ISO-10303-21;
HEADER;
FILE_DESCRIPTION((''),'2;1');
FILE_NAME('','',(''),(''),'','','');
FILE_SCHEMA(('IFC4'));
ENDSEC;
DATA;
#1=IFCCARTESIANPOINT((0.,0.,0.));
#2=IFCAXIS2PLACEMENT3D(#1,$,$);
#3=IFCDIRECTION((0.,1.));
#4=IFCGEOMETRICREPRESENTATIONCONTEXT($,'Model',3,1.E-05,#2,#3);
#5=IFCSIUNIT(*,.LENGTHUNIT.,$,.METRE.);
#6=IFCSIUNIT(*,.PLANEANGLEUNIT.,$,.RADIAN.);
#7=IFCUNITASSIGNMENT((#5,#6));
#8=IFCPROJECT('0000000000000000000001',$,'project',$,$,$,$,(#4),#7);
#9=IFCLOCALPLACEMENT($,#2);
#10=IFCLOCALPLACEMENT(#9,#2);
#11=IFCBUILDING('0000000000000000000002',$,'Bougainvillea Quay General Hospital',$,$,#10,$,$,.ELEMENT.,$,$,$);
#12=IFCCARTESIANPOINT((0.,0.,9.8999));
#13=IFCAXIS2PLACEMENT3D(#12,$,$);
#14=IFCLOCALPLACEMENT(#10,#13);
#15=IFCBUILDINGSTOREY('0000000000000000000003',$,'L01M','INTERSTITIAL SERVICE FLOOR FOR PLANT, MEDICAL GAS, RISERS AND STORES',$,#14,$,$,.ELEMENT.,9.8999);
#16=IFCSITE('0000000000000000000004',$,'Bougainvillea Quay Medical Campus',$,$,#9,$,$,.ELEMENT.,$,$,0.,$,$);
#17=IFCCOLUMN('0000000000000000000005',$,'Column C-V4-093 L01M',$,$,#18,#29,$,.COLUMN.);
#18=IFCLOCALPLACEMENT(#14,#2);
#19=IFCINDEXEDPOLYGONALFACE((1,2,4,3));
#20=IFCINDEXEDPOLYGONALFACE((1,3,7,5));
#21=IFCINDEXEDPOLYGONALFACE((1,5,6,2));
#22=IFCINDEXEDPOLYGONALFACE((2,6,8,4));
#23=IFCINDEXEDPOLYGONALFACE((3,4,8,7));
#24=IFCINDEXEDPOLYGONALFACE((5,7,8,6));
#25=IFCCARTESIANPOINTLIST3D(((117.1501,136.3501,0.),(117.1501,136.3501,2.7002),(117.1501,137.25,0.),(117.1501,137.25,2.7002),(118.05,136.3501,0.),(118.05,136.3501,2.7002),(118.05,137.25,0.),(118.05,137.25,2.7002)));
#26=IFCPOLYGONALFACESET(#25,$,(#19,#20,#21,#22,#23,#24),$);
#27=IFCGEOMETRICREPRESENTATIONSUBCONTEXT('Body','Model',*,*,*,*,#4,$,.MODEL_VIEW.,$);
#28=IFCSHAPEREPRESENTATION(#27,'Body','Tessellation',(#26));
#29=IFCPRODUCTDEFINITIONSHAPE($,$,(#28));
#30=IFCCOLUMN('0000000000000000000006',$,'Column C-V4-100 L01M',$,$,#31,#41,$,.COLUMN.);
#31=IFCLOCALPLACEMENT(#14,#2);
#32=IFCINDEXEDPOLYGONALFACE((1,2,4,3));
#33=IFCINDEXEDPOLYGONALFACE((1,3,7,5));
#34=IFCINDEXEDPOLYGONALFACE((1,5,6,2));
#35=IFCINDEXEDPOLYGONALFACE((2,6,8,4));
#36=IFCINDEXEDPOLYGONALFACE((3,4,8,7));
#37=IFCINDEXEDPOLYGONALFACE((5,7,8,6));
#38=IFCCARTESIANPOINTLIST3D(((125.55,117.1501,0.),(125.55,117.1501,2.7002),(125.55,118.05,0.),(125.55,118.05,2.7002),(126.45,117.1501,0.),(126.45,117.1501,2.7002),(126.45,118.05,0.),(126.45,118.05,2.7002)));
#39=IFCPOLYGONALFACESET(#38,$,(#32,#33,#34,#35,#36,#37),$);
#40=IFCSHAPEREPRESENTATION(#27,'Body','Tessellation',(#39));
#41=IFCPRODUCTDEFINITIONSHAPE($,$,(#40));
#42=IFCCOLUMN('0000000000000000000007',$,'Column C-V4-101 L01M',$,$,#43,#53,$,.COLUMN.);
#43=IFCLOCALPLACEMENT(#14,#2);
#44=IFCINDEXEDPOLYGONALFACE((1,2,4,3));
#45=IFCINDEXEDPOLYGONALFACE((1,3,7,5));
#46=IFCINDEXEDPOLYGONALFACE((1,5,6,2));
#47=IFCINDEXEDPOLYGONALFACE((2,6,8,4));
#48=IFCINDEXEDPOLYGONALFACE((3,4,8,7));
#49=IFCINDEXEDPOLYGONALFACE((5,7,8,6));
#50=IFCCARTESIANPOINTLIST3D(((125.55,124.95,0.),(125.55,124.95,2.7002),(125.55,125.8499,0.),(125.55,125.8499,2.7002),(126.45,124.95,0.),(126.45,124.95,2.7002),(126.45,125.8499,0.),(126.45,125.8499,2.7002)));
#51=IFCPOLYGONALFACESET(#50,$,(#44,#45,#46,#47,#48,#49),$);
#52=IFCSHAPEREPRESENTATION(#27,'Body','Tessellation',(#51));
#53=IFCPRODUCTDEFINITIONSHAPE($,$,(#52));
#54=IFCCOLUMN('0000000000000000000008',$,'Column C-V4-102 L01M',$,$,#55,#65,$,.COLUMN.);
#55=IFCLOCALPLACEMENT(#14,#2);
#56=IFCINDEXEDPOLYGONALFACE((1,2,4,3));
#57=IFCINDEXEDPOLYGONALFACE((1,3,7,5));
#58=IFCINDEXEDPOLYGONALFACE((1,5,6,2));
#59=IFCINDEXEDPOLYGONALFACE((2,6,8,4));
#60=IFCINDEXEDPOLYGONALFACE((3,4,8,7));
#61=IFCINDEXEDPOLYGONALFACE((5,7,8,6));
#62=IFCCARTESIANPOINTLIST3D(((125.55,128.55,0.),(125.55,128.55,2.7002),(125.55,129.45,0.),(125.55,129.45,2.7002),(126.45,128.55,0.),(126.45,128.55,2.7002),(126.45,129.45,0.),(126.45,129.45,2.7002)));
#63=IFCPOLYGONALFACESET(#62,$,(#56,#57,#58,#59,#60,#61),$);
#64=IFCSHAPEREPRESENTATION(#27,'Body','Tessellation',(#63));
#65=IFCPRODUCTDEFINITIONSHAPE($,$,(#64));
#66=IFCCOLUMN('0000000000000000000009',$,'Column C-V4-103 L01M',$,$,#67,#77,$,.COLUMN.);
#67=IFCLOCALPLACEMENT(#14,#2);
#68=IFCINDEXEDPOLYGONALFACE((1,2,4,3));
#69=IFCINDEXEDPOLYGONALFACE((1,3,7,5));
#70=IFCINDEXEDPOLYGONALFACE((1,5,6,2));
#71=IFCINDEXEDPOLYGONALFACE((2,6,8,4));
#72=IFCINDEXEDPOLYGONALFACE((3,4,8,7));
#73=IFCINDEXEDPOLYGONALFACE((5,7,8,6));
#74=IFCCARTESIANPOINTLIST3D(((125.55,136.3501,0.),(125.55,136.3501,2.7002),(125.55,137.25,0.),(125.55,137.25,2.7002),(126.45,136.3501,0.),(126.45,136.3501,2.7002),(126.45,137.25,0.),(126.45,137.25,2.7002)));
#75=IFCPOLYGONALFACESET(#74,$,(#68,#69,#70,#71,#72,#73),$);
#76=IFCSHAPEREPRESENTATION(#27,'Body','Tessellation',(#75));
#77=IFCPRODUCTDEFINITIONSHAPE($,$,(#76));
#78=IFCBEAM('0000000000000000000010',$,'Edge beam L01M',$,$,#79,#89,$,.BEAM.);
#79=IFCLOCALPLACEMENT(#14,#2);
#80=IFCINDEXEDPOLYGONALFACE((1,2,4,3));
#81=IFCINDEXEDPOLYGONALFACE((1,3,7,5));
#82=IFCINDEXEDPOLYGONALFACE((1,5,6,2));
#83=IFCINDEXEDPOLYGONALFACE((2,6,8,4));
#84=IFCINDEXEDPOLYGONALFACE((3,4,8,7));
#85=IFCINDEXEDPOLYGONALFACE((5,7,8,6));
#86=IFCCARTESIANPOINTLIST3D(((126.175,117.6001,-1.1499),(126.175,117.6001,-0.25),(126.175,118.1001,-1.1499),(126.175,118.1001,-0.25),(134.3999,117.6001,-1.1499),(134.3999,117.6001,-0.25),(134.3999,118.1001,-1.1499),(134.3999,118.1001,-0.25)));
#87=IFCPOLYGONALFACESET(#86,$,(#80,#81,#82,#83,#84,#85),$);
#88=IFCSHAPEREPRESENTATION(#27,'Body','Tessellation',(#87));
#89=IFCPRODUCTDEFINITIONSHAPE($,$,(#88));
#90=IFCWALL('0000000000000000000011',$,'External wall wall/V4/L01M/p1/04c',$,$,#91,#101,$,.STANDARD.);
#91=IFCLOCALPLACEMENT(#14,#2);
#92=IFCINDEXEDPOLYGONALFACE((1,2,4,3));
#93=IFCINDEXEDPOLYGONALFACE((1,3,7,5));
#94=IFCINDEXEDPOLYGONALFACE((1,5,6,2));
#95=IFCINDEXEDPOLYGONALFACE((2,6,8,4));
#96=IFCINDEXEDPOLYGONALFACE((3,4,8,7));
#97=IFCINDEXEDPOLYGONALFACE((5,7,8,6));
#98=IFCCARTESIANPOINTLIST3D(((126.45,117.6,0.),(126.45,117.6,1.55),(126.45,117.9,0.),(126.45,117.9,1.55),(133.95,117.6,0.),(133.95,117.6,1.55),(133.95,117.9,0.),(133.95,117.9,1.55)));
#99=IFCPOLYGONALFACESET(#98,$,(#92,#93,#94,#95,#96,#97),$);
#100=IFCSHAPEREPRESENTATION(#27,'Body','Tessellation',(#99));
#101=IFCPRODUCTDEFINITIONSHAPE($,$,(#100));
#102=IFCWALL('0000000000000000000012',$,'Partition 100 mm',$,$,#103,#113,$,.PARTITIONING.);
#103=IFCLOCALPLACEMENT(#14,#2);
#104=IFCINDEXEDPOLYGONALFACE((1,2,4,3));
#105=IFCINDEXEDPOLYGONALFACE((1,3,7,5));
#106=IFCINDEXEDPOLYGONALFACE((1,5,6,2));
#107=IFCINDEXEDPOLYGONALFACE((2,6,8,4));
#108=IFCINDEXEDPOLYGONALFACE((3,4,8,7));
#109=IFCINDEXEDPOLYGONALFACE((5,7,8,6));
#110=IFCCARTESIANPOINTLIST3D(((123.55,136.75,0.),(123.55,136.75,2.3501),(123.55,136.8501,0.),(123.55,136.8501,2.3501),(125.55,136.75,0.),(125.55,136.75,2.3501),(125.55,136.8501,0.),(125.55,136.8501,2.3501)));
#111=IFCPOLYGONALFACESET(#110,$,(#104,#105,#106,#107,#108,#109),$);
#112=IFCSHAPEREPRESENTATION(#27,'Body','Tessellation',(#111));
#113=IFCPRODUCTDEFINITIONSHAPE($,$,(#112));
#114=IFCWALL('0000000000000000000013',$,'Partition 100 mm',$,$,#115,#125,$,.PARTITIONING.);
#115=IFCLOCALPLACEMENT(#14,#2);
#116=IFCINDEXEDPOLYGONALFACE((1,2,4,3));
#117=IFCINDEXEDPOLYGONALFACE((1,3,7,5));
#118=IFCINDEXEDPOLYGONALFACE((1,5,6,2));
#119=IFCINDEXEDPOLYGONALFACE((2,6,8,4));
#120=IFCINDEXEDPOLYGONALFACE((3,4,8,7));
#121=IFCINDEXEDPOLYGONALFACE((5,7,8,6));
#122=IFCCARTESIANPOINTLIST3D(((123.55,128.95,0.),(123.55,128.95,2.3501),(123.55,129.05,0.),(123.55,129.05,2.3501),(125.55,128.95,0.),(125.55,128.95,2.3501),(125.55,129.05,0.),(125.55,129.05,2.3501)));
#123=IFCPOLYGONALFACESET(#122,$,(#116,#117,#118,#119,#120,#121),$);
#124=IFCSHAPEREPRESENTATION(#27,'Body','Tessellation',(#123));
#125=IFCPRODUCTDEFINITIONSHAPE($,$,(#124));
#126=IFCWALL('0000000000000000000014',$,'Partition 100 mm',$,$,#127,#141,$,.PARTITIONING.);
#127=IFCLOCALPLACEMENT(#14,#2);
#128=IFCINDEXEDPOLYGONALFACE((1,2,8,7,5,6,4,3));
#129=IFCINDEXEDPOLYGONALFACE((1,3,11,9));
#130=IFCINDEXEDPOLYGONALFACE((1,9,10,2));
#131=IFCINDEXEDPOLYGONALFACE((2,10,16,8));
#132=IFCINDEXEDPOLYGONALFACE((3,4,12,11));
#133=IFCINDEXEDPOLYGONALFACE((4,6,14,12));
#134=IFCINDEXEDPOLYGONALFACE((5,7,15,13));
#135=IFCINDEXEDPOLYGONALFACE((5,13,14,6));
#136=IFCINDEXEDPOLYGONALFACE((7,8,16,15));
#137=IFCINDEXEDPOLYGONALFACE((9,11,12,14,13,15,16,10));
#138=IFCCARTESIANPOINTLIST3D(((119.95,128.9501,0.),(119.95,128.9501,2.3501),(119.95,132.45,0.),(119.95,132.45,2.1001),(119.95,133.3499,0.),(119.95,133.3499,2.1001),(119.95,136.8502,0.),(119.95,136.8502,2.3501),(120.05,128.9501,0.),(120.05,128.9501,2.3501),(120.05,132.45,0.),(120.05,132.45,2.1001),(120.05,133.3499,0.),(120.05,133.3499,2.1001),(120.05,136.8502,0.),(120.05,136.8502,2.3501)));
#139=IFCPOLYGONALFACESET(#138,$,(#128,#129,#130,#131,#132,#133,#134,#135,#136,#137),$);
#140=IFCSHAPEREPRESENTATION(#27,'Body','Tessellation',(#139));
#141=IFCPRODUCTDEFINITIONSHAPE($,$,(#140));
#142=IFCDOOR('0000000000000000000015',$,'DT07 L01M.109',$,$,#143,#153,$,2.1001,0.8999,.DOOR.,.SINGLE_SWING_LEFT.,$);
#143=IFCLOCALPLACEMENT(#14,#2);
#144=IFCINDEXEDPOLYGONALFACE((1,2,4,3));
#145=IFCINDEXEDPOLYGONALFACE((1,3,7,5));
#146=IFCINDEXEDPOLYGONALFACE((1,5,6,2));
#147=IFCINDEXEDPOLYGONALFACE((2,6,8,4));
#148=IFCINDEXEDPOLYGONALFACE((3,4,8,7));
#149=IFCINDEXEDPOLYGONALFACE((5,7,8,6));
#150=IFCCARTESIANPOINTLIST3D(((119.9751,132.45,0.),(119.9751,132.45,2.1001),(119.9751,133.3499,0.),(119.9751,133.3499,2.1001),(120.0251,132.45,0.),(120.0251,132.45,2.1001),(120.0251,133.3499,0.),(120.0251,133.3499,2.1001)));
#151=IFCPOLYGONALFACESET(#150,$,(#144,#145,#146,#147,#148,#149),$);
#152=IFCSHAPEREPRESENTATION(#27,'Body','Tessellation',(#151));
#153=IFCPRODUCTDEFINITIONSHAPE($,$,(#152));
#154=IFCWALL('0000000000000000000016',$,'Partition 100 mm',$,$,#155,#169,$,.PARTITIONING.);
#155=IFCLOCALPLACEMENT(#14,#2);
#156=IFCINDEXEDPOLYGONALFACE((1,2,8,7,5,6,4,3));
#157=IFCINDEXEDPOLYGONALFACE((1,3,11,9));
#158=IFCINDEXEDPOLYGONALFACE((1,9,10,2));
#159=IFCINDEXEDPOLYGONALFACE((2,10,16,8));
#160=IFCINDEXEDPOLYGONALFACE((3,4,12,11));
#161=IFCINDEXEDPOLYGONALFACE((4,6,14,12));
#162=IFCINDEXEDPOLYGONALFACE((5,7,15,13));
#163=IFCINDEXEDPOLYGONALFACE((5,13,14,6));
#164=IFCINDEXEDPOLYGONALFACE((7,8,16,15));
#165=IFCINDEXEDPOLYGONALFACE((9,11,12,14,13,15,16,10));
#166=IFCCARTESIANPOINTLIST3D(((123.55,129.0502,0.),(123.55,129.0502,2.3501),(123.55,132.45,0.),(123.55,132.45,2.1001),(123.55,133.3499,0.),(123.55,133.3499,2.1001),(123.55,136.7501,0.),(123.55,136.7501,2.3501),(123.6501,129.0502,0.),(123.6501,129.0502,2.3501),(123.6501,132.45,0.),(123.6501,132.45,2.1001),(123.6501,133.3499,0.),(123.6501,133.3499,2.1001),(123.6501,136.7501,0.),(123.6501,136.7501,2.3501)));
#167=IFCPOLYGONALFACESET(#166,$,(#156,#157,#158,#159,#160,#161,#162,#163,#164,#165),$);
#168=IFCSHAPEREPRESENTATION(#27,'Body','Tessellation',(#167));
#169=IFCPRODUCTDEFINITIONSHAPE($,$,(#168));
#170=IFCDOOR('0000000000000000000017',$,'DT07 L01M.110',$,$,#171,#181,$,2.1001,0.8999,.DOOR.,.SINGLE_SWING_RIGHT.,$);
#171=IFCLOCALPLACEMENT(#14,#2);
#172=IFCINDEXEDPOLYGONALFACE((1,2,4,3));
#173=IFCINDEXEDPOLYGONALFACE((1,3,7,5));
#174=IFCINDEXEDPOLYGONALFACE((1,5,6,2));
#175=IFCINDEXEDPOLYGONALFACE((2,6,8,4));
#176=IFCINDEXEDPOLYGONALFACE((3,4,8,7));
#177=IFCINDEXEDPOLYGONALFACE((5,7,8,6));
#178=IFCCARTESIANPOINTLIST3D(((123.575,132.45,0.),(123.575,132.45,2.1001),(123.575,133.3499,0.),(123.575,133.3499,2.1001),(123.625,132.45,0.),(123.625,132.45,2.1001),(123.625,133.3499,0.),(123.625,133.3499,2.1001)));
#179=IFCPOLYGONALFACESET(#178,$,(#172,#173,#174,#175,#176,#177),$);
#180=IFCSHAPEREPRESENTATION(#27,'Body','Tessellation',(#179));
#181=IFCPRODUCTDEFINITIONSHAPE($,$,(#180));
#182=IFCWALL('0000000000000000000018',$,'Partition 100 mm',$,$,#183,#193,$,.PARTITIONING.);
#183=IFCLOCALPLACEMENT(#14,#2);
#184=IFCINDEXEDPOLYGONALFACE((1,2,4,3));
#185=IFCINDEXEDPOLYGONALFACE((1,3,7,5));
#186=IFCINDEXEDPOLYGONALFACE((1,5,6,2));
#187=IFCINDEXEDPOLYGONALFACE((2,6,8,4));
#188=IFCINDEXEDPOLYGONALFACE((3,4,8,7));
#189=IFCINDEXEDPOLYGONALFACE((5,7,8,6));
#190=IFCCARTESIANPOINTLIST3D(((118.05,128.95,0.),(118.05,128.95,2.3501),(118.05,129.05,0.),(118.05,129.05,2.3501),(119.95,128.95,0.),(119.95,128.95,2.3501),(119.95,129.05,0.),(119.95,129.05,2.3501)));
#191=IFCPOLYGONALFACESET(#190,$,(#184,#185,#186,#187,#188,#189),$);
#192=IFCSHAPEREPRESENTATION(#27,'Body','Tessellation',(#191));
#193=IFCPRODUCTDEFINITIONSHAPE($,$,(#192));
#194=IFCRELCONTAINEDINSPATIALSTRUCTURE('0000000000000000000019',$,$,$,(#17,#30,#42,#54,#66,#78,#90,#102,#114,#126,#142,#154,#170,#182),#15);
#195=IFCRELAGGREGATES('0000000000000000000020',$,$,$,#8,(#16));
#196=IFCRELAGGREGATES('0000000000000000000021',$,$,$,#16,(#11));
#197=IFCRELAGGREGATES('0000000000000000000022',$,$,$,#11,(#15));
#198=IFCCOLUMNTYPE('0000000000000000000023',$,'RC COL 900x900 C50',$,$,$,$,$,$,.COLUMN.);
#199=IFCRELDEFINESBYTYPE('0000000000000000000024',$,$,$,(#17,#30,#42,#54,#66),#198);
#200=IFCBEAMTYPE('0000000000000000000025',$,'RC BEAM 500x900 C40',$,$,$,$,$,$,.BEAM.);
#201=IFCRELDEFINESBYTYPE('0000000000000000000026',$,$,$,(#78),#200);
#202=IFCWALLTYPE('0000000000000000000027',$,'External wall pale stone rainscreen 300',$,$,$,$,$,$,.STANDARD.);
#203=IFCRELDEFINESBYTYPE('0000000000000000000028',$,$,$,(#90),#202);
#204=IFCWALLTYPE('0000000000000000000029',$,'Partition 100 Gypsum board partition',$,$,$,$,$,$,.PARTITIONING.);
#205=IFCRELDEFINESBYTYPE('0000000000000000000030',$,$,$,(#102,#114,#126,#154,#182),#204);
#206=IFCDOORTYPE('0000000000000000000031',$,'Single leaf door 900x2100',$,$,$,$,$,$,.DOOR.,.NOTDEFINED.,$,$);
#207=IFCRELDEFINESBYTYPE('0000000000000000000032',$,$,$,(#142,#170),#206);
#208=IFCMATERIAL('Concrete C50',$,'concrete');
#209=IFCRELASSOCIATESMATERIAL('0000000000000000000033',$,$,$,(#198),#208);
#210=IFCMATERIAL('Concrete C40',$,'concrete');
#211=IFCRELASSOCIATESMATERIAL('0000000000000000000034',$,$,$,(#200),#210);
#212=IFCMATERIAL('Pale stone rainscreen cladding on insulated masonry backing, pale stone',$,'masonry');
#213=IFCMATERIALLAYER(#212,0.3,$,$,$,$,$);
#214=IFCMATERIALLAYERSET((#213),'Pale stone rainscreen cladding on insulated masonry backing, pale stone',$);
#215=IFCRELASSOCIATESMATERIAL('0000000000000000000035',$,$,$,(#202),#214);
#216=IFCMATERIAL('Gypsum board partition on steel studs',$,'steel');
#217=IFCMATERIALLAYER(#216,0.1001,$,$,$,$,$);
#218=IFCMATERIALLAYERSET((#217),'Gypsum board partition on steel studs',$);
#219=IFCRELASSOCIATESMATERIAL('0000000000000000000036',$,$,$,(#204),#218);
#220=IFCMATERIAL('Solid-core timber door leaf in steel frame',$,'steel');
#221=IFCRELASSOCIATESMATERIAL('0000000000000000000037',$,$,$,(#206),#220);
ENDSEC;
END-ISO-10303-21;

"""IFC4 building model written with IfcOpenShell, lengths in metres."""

from ifc_helpers import new_model, si_unit, direction, frame, frame_2d, origin, origin_2d, place, context, subcontext, project, spatial, rectangle, extrude, material, layer, layer_set, material_profile, profile_set, type_object, element, fill, save


model = new_model("IFC4")

# Units and contexts
model_context = context("Model", 3, precision=1e-05, world=origin(), true_north=direction((0.0, 1.0)))
body_context = subcontext(model_context, "Body", "Model", "MODEL_VIEW")
ifc_project = project(units=[si_unit("LENGTHUNIT", "METRE"), si_unit("PLANEANGLEUNIT", "RADIAN")], contexts=[model_context])

# Site, building, storey
site_placement = place(None, origin())
site = spatial("IfcSite", under=ifc_project, at=site_placement, Name="Bougainvillea Quay Medical Campus", CompositionType="ELEMENT", RefElevation=0.0)
building_placement = place(site_placement, origin())
building = spatial("IfcBuilding", under=site, at=building_placement, Name="Bougainvillea Quay General Hospital", CompositionType="ELEMENT")
storey_placement = place(building_placement, frame((0.0, 0.0, 9.8999)))
storey = spatial("IfcBuildingStorey", under=building, at=storey_placement, Name="L01M", Description="INTERSTITIAL SERVICE FLOOR FOR PLANT, MEDICAL GAS, RISERS AND STORES", CompositionType="ELEMENT", Elevation=9.8999)

# Columns
ifc_material_1 = material(Name="Concrete C50", Category="concrete")
ifc_material_profile_1 = material_profile(ifc_material_1, rectangle(XDim=0.8999, YDim=0.8999, at=origin_2d()))
ifc_profile_set_1 = profile_set([ifc_material_profile_1], Name="Concrete C50")
column_type = type_object("IfcColumnType", Name="RC COL 900x900 C50", PredefinedType="COLUMN", material=ifc_profile_set_1)
for number, where, z_axis, x_axis, name in (
    (1, (117.6001, 136.8, 0.0), (0.0, 0.0, 1.0), (1.0, 0.0, 0.0), "Column C-V4-093 L01M"),
    (2, (126.0, 117.6001, 0.0), (0.0, 0.0, 1.0), (1.0, 0.0, 0.0), "Column C-V4-100 L01M"),
    (3, (126.0, 125.3999, 0.0), (0.0, 0.0, 1.0), (1.0, 0.0, 0.0), "Column C-V4-101 L01M"),
    (4, (126.0, 129.0, 0.0), (0.0, 0.0, 1.0), (1.0, 0.0, 0.0), "Column C-V4-102 L01M"),
    (5, (126.0, 136.8, 0.0), (0.0, 0.0, 1.0), (1.0, 0.0, 0.0), "Column C-V4-103 L01M"),
):
    element("IfcColumn", number, at=place(storey_placement, frame(where, z_axis=z_axis, x_axis=x_axis)), inside=storey, type_object=column_type, Name=name, PredefinedType="COLUMN", context=body_context, shape_type="SweptSolid", body=[
        extrude(rectangle(XDim=0.8999, YDim=0.8999, at=origin_2d()), origin(), (0.0, 0.0, 1.0), 2.7002),
    ])

# Beam
ifc_material_2 = material(Name="Concrete C40", Category="concrete")
ifc_material_profile_2 = material_profile(ifc_material_2, rectangle(XDim=0.5, YDim=0.8999, at=origin_2d()))
ifc_profile_set_2 = profile_set([ifc_material_profile_2], Name="Concrete C40")
beam_type = type_object("IfcBeamType", Name="RC BEAM 500x900 C40", PredefinedType="BEAM", material=ifc_profile_set_2)
beam_placement = place(storey_placement, frame((126.175, 117.8501, -0.7), z_axis=(1.0, 0.0, 0.0), x_axis=(0.0, 1.0, 0.0)))
element("IfcBeam", 6, at=beam_placement, inside=storey, type_object=beam_type, Name="Edge beam L01M", PredefinedType="BEAM", context=body_context, shape_type="SweptSolid", body=[
    extrude(rectangle(XDim=0.5, YDim=0.8999, at=origin_2d()), origin(), (0.0, 0.0, 1.0), 8.2249),
])

# Walls
ifc_material_3 = material(Name="Pale stone rainscreen cladding on insulated masonry backing, pale stone", Category="masonry")
ifc_layer_1 = layer(ifc_material_3, 0.3)
ifc_layer_set_1 = layer_set([ifc_layer_1], Name="Pale stone rainscreen cladding on insulated masonry backing, pale stone")
wall_type_1 = type_object("IfcWallType", Name="External wall pale stone rainscreen 300", PredefinedType="STANDARD", material=ifc_layer_set_1)
wall_1_placement = place(storey_placement, frame((126.45, 117.75, 0.0), z_axis=(0.0, 0.0, 1.0), x_axis=(1.0, 0.0, 0.0)))
element("IfcWall", 7, at=wall_1_placement, inside=storey, type_object=wall_type_1, Name="External wall wall/V4/L01M/p1/04c", PredefinedType="STANDARD", context=body_context, shape_type="SweptSolid", body=[
    extrude(rectangle(XDim=7.5, YDim=0.3, at=frame_2d((3.75, 0.0))), origin(), (0.0, 0.0, 1.0), 1.55),
])
ifc_material_4 = material(Name="Gypsum board partition on steel studs", Category="steel")
ifc_layer_2 = layer(ifc_material_4, 0.1001)
ifc_layer_set_2 = layer_set([ifc_layer_2], Name="Gypsum board partition on steel studs")
wall_type_2 = type_object("IfcWallType", Name="Partition 100 Gypsum board partition", PredefinedType="PARTITIONING", material=ifc_layer_set_2)
for number, where, z_axis, x_axis, name in (
    (8, (125.55, 136.8, 0.0), (0.0, 0.0, 1.0), (-1.0, 0.0, 0.0), "Partition 100 mm"),
    (9, (123.55, 129.0, 0.0), (0.0, 0.0, 1.0), (1.0, 0.0, 0.0), "Partition 100 mm"),
):
    element("IfcWall", number, at=place(storey_placement, frame(where, z_axis=z_axis, x_axis=x_axis)), inside=storey, type_object=wall_type_2, Name=name, PredefinedType="PARTITIONING", context=body_context, shape_type="SweptSolid", body=[
        extrude(rectangle(XDim=2.0, YDim=0.1001, at=frame_2d((1.0, 0.0))), origin(), (0.0, 0.0, 1.0), 2.3501),
    ])

# Walls, openings, doors
wall_2_placement = place(storey_placement, frame((120.0, 128.95, 0.0), z_axis=(0.0, 0.0, 1.0), x_axis=(0.0, 1.0, 0.0)))
wall_2 = element("IfcWall", 10, at=wall_2_placement, inside=storey, type_object=wall_type_2, Name="Partition 100 mm", PredefinedType="PARTITIONING", context=body_context, shape_type="SweptSolid", body=[
    extrude(rectangle(XDim=7.9001, YDim=0.1001, at=frame_2d((3.9502, 0.0))), origin(), (0.0, 0.0, 1.0), 2.3501),
])
opening_1_placement = place(wall_2_placement, frame((3.5, 0.0, 0.0)))
opening_1 = element("IfcOpeningElement", 11, at=opening_1_placement, cuts=wall_2, PredefinedType="OPENING", context=body_context, shape_type="SweptSolid", body=[
    extrude(rectangle(XDim=0.8999, YDim=2.1001, at=frame_2d((0.45, 1.05))), frame((0.0, 0.0601, 0.0), z_axis=(0.0, -1.0, 0.0), x_axis=(1.0, 0.0, 0.0)), (0.0, 0.0, 1.0), 0.1201),
])
ifc_material_5 = material(Name="Solid-core timber door leaf in steel frame", Category="steel")
door_type_1 = type_object("IfcDoorType", Name="Single leaf door 900x2100", OperationType="NOTDEFINED", PredefinedType="DOOR", material=ifc_material_5)
door_1_placement = place(opening_1_placement, origin())
door_1 = element("IfcDoor", 12, at=door_1_placement, inside=storey, type_object=door_type_1, Name="DT07 L01M.109", OperationType="SINGLE_SWING_LEFT", OverallHeight=2.1001, OverallWidth=0.8999, PredefinedType="DOOR", context=body_context, shape_type="SweptSolid", body=[
    extrude(rectangle(XDim=0.8999, YDim=2.1001, at=frame_2d((0.45, 1.05))), frame((0.0, 0.0249, 0.0), z_axis=(0.0, -1.0, 0.0), x_axis=(1.0, 0.0, 0.0)), (0.0, 0.0, 1.0), 0.05),
])
fill(opening_1, door_1)
wall_3_placement = place(storey_placement, frame((123.6001, 129.05, 0.0), z_axis=(0.0, 0.0, 1.0), x_axis=(0.0, 1.0, 0.0)))
wall_3 = element("IfcWall", 13, at=wall_3_placement, inside=storey, type_object=wall_type_2, Name="Partition 100 mm", PredefinedType="PARTITIONING", context=body_context, shape_type="SweptSolid", body=[
    extrude(rectangle(XDim=7.7, YDim=0.1001, at=frame_2d((3.8501, 0.0))), origin(), (0.0, 0.0, 1.0), 2.3501),
])
opening_2_placement = place(wall_3_placement, frame((3.3999, 0.0, 0.0)))
opening_2 = element("IfcOpeningElement", 14, at=opening_2_placement, cuts=wall_3, PredefinedType="OPENING", context=body_context, shape_type="SweptSolid", body=[
    extrude(rectangle(XDim=0.8999, YDim=2.1001, at=frame_2d((0.45, 1.05))), frame((0.0, 0.0601, 0.0), z_axis=(0.0, -1.0, 0.0), x_axis=(1.0, 0.0, 0.0)), (0.0, 0.0, 1.0), 0.1201),
])
door_2_placement = place(opening_2_placement, frame((0.8999, 0.0, 0.0), z_axis=(0.0, 0.0, 1.0), x_axis=(-1.0, 0.0, 0.0)))
door_2 = element("IfcDoor", 15, at=door_2_placement, inside=storey, type_object=door_type_1, Name="DT07 L01M.110", OperationType="SINGLE_SWING_RIGHT", OverallHeight=2.1001, OverallWidth=0.8999, PredefinedType="DOOR", context=body_context, shape_type="SweptSolid", body=[
    extrude(rectangle(XDim=0.8999, YDim=2.1001, at=frame_2d((0.45, 1.05))), frame((0.0, 0.0249, 0.0), z_axis=(0.0, -1.0, 0.0), x_axis=(1.0, 0.0, 0.0)), (0.0, 0.0, 1.0), 0.05),
])
fill(opening_2, door_2)

# Wall
for number, where, z_axis, x_axis, name in (
    (16, (118.05, 129.0, 0.0), (0.0, 0.0, 1.0), (1.0, 0.0, 0.0), "Partition 100 mm"),
):
    element("IfcWall", number, at=place(storey_placement, frame(where, z_axis=z_axis, x_axis=x_axis)), inside=storey, type_object=wall_type_2, Name=name, PredefinedType="PARTITIONING", context=body_context, shape_type="SweptSolid", body=[
        extrude(rectangle(XDim=1.8999, YDim=0.1001, at=frame_2d((0.95, 0.0))), origin(), (0.0, 0.0, 1.0), 2.3501),
    ])

save(model, "model.ifc")
